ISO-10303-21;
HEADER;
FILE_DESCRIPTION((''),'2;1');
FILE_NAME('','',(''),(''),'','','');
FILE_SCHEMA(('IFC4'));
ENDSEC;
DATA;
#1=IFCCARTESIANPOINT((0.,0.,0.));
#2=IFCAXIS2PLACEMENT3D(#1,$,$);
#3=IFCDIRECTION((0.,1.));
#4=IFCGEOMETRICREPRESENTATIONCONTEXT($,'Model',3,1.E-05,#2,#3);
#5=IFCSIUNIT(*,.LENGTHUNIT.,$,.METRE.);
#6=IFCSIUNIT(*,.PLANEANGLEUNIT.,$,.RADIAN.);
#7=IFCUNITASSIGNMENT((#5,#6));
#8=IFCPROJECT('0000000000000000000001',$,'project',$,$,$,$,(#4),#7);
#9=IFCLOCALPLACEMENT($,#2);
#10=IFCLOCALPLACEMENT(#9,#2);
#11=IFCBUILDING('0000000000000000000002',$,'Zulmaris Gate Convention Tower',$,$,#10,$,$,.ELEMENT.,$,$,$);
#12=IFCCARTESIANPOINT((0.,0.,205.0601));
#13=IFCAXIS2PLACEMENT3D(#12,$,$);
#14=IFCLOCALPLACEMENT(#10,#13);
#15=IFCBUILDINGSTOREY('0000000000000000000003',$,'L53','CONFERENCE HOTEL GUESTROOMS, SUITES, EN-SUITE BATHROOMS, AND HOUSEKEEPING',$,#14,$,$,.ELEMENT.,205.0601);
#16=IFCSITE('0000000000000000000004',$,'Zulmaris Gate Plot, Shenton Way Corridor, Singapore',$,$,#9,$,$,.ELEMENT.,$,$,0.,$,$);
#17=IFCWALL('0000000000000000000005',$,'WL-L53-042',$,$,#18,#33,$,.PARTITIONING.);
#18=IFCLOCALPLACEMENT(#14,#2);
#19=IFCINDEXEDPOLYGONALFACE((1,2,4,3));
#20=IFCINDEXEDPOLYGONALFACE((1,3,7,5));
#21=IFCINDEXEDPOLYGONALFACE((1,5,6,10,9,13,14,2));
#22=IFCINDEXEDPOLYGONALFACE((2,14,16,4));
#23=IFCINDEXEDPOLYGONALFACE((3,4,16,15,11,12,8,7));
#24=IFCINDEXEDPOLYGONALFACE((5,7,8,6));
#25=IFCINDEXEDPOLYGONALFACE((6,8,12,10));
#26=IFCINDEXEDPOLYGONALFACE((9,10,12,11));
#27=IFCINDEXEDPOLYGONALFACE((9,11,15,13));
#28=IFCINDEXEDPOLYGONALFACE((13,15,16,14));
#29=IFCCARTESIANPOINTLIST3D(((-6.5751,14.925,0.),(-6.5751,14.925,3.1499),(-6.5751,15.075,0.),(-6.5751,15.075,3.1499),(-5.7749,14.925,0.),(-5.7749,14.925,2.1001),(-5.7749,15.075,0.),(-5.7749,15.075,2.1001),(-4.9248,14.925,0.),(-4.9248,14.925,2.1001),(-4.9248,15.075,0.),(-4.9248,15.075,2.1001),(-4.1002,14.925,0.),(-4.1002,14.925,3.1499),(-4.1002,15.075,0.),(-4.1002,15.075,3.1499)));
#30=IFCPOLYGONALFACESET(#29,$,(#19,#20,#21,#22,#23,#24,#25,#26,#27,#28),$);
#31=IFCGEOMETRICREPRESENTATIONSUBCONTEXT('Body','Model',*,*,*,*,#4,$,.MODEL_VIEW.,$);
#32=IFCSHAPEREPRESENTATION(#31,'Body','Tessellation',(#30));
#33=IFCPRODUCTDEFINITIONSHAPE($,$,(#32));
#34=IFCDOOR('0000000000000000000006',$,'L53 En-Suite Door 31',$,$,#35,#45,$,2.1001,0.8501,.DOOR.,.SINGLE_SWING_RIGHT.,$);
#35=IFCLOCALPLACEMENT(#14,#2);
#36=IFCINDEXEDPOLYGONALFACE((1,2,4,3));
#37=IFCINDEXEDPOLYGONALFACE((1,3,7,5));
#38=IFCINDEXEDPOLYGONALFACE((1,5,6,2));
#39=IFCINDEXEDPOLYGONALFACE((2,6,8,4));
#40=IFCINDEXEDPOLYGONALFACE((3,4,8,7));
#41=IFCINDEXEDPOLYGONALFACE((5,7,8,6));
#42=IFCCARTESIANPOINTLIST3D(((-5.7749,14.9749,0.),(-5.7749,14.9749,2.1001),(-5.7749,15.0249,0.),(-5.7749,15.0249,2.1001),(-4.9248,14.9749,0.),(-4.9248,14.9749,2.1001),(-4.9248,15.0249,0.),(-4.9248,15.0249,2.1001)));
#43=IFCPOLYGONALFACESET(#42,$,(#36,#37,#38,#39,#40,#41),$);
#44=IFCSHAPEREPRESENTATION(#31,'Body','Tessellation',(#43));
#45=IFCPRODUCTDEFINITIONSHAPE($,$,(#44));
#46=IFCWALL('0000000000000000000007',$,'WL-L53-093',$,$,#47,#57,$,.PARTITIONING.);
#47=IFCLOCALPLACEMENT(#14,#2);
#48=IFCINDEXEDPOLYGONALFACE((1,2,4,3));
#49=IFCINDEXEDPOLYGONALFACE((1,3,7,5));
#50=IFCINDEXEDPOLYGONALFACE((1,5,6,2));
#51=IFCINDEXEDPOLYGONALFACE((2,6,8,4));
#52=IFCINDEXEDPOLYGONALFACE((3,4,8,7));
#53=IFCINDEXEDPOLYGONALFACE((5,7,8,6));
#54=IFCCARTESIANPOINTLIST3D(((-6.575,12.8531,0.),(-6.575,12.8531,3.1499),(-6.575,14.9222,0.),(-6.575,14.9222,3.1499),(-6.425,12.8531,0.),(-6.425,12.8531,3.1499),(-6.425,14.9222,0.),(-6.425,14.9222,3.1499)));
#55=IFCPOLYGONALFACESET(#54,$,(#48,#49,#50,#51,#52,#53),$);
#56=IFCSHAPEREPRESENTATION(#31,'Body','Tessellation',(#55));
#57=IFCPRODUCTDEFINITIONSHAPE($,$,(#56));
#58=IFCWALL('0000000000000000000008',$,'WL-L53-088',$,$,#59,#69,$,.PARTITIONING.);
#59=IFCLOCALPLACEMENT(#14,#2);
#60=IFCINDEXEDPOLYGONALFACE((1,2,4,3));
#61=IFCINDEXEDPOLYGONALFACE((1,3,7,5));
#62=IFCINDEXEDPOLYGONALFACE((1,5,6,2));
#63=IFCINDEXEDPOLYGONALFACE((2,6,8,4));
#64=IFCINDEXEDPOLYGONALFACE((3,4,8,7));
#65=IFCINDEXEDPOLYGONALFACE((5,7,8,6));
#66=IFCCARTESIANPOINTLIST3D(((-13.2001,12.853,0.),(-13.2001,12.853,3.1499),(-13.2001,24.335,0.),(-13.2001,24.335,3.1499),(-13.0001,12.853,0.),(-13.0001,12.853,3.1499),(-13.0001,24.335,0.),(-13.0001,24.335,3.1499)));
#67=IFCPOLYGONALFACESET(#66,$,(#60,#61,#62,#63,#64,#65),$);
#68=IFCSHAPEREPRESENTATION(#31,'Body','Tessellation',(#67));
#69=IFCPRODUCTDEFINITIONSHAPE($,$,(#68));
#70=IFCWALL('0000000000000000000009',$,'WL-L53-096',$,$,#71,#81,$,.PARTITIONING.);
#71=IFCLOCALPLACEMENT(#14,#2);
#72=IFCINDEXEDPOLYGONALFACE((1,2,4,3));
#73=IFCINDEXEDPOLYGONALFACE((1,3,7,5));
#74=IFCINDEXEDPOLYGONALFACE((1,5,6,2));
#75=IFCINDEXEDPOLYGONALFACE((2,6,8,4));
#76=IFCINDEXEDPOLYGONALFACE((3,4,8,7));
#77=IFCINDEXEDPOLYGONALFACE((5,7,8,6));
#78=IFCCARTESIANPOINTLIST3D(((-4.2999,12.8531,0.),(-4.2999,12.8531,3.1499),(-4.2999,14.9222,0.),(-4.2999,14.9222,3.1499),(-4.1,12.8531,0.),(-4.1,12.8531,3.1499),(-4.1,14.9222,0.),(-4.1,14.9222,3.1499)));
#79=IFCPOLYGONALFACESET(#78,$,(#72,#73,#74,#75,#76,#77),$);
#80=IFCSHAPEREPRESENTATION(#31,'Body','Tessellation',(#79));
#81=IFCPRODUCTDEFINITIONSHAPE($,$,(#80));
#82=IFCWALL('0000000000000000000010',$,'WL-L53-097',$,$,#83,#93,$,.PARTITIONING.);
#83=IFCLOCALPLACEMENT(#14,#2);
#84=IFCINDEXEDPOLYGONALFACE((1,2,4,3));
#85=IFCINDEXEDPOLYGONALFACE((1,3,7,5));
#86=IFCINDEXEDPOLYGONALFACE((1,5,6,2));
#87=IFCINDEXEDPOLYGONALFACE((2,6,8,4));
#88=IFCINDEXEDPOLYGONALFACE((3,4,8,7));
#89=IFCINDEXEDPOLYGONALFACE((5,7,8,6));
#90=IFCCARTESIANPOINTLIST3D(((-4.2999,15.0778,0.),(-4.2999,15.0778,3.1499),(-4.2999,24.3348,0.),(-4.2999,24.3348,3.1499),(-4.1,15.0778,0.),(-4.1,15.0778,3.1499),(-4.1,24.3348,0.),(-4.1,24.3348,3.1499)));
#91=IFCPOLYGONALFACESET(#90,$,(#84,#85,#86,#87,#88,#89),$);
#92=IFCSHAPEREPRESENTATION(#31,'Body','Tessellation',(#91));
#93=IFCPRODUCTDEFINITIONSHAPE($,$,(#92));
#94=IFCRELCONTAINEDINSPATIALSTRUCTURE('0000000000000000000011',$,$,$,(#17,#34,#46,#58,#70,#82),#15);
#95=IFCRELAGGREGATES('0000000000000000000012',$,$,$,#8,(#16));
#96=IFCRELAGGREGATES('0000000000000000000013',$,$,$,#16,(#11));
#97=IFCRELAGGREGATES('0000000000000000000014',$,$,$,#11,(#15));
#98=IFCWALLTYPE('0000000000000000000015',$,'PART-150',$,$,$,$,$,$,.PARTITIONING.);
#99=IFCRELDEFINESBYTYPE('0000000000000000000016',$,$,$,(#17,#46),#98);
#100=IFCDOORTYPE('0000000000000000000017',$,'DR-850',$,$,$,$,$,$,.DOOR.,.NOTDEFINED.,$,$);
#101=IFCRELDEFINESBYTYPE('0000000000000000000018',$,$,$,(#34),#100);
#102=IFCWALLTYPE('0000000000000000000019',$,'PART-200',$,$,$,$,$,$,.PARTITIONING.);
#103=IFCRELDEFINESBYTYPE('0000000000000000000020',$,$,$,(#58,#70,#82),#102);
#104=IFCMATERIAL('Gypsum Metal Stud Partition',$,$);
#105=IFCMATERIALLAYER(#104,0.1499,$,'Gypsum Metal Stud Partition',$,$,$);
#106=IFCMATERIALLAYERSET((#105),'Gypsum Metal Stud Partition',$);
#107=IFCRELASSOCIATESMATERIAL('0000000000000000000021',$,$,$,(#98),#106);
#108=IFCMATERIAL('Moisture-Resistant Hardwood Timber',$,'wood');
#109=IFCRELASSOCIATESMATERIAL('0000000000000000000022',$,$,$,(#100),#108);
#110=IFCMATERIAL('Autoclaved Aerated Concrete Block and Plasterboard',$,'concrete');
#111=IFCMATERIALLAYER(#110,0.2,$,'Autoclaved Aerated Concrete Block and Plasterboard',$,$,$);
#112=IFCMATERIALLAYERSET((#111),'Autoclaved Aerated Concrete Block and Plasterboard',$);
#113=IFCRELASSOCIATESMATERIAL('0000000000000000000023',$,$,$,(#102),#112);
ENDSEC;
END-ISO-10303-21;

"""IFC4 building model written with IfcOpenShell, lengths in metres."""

from ifc_helpers import new_model, si_unit, direction, frame, frame_2d, origin, place, context, subcontext, project, spatial, rectangle, extrude, material, layer, layer_set, type_object, element, fill, save


model = new_model("IFC4")

# Units and contexts
model_context = context("Model", 3, precision=1e-05, world=origin(), true_north=direction((0.0, 1.0)))
body_context = subcontext(model_context, "Body", "Model", "MODEL_VIEW")
ifc_project = project(units=[si_unit("LENGTHUNIT", "METRE"), si_unit("PLANEANGLEUNIT", "RADIAN")], contexts=[model_context])

# Site, building, storey
site_placement = place(None, origin())
site = spatial("IfcSite", under=ifc_project, at=site_placement, Name="Zulmaris Gate Plot, Shenton Way Corridor, Singapore", CompositionType="ELEMENT", RefElevation=0.0)
building_placement = place(site_placement, origin())
building = spatial("IfcBuilding", under=site, at=building_placement, Name="Zulmaris Gate Convention Tower", CompositionType="ELEMENT")
storey_placement = place(building_placement, frame((0.0, 0.0, 205.0601)))
storey = spatial("IfcBuildingStorey", under=building, at=storey_placement, Name="L53", Description="CONFERENCE HOTEL GUESTROOMS, SUITES, EN-SUITE BATHROOMS, AND HOUSEKEEPING", CompositionType="ELEMENT", Elevation=205.0601)

# Shared definitions
ifc_material_1 = material(Name="Gypsum Metal Stud Partition")
ifc_layer_1 = layer(ifc_material_1, 0.1499, Name="Gypsum Metal Stud Partition")
ifc_layer_set_1 = layer_set([ifc_layer_1], Name="Gypsum Metal Stud Partition")
wall_type_1 = type_object("IfcWallType", Name="PART-150", PredefinedType="PARTITIONING", material=ifc_layer_set_1)

# Wall, opening, door
wall_1_placement = place(storey_placement, frame((-6.575, 15.0, 0.0), z_axis=(0.0, 0.0, 1.0), x_axis=(1.0, 0.0, 0.0)))
wall_1 = element("IfcWall", 1, at=wall_1_placement, inside=storey, type_object=wall_type_1, Name="WL-L53-042", PredefinedType="PARTITIONING", context=body_context, shape_type="SweptSolid", body=[
    extrude(rectangle(XDim=2.4749, YDim=0.1499, at=frame_2d((1.2373, 0.0))), origin(), (0.0, 0.0, 1.0), 3.1499),
])
opening_1_placement = place(wall_1_placement, frame((0.8, 0.0, 0.0)))
opening_1 = element("IfcOpeningElement", 2, at=opening_1_placement, cuts=wall_1, PredefinedType="OPENING", context=body_context, shape_type="SweptSolid", body=[
    extrude(rectangle(XDim=0.8501, YDim=2.1001, at=frame_2d((0.425, 1.05))), frame((0.0, 0.085, 0.0), z_axis=(0.0, -1.0, 0.0), x_axis=(1.0, 0.0, 0.0)), (0.0, 0.0, 1.0), 0.1699),
])
ifc_material_2 = material(Name="Moisture-Resistant Hardwood Timber", Category="wood")
door_type_1 = type_object("IfcDoorType", Name="DR-850", OperationType="NOTDEFINED", PredefinedType="DOOR", material=ifc_material_2)
door_1_placement = place(opening_1_placement, origin())
door_1 = element("IfcDoor", 3, at=door_1_placement, inside=storey, type_object=door_type_1, Name="L53 En-Suite Door 31", OperationType="SINGLE_SWING_RIGHT", OverallHeight=2.1001, OverallWidth=0.8501, PredefinedType="DOOR", context=body_context, shape_type="SweptSolid", body=[
    extrude(rectangle(XDim=0.8501, YDim=2.1001, at=frame_2d((0.425, 1.05))), frame((0.0, 0.0249, 0.0), z_axis=(0.0, -1.0, 0.0), x_axis=(1.0, 0.0, 0.0)), (0.0, 0.0, 1.0), 0.05),
])
fill(opening_1, door_1)

# Walls
wall_2_placement = place(storey_placement, frame((-6.5, 12.853, 0.0), z_axis=(0.0, 0.0, 1.0), x_axis=(0.0, 1.0, 0.0)))
element("IfcWall", 4, at=wall_2_placement, inside=storey, type_object=wall_type_1, Name="WL-L53-093", PredefinedType="PARTITIONING", context=body_context, shape_type="SweptSolid", body=[
    extrude(rectangle(XDim=2.0691, YDim=0.1499, at=frame_2d((1.0347, 0.0))), origin(), (0.0, 0.0, 1.0), 3.1499),
])
ifc_material_3 = material(Name="Autoclaved Aerated Concrete Block and Plasterboard", Category="concrete")
ifc_layer_2 = layer(ifc_material_3, 0.2, Name="Autoclaved Aerated Concrete Block and Plasterboard")
ifc_layer_set_2 = layer_set([ifc_layer_2], Name="Autoclaved Aerated Concrete Block and Plasterboard")
wall_type_2 = type_object("IfcWallType", Name="PART-200", PredefinedType="PARTITIONING", material=ifc_layer_set_2)
wall_3_placement = place(storey_placement, frame((-13.1001, 12.853, 0.0), z_axis=(0.0, 0.0, 1.0), x_axis=(0.0, 1.0, 0.0)))
element("IfcWall", 5, at=wall_3_placement, inside=storey, type_object=wall_type_2, Name="WL-L53-088", PredefinedType="PARTITIONING", context=body_context, shape_type="SweptSolid", body=[
    extrude(rectangle(XDim=11.4819, YDim=0.2, at=frame_2d((5.741, 0.0))), origin(), (0.0, 0.0, 1.0), 3.1499),
])
wall_4_placement = place(storey_placement, frame((-4.2, 12.853, 0.0), z_axis=(0.0, 0.0, 1.0), x_axis=(0.0, 1.0, 0.0)))
element("IfcWall", 6, at=wall_4_placement, inside=storey, type_object=wall_type_2, Name="WL-L53-096", PredefinedType="PARTITIONING", context=body_context, shape_type="SweptSolid", body=[
    extrude(rectangle(XDim=2.0691, YDim=0.2, at=frame_2d((1.0347, 0.0))), origin(), (0.0, 0.0, 1.0), 3.1499),
])
wall_5_placement = place(storey_placement, frame((-4.2, 15.0779, 0.0), z_axis=(0.0, 0.0, 1.0), x_axis=(0.0, 1.0, 0.0)))
element("IfcWall", 7, at=wall_5_placement, inside=storey, type_object=wall_type_2, Name="WL-L53-097", PredefinedType="PARTITIONING", context=body_context, shape_type="SweptSolid", body=[
    extrude(rectangle(XDim=9.2571, YDim=0.2, at=frame_2d((4.6284, 0.0))), origin(), (0.0, 0.0, 1.0), 3.1499),
])

save(model, "model.ifc")
